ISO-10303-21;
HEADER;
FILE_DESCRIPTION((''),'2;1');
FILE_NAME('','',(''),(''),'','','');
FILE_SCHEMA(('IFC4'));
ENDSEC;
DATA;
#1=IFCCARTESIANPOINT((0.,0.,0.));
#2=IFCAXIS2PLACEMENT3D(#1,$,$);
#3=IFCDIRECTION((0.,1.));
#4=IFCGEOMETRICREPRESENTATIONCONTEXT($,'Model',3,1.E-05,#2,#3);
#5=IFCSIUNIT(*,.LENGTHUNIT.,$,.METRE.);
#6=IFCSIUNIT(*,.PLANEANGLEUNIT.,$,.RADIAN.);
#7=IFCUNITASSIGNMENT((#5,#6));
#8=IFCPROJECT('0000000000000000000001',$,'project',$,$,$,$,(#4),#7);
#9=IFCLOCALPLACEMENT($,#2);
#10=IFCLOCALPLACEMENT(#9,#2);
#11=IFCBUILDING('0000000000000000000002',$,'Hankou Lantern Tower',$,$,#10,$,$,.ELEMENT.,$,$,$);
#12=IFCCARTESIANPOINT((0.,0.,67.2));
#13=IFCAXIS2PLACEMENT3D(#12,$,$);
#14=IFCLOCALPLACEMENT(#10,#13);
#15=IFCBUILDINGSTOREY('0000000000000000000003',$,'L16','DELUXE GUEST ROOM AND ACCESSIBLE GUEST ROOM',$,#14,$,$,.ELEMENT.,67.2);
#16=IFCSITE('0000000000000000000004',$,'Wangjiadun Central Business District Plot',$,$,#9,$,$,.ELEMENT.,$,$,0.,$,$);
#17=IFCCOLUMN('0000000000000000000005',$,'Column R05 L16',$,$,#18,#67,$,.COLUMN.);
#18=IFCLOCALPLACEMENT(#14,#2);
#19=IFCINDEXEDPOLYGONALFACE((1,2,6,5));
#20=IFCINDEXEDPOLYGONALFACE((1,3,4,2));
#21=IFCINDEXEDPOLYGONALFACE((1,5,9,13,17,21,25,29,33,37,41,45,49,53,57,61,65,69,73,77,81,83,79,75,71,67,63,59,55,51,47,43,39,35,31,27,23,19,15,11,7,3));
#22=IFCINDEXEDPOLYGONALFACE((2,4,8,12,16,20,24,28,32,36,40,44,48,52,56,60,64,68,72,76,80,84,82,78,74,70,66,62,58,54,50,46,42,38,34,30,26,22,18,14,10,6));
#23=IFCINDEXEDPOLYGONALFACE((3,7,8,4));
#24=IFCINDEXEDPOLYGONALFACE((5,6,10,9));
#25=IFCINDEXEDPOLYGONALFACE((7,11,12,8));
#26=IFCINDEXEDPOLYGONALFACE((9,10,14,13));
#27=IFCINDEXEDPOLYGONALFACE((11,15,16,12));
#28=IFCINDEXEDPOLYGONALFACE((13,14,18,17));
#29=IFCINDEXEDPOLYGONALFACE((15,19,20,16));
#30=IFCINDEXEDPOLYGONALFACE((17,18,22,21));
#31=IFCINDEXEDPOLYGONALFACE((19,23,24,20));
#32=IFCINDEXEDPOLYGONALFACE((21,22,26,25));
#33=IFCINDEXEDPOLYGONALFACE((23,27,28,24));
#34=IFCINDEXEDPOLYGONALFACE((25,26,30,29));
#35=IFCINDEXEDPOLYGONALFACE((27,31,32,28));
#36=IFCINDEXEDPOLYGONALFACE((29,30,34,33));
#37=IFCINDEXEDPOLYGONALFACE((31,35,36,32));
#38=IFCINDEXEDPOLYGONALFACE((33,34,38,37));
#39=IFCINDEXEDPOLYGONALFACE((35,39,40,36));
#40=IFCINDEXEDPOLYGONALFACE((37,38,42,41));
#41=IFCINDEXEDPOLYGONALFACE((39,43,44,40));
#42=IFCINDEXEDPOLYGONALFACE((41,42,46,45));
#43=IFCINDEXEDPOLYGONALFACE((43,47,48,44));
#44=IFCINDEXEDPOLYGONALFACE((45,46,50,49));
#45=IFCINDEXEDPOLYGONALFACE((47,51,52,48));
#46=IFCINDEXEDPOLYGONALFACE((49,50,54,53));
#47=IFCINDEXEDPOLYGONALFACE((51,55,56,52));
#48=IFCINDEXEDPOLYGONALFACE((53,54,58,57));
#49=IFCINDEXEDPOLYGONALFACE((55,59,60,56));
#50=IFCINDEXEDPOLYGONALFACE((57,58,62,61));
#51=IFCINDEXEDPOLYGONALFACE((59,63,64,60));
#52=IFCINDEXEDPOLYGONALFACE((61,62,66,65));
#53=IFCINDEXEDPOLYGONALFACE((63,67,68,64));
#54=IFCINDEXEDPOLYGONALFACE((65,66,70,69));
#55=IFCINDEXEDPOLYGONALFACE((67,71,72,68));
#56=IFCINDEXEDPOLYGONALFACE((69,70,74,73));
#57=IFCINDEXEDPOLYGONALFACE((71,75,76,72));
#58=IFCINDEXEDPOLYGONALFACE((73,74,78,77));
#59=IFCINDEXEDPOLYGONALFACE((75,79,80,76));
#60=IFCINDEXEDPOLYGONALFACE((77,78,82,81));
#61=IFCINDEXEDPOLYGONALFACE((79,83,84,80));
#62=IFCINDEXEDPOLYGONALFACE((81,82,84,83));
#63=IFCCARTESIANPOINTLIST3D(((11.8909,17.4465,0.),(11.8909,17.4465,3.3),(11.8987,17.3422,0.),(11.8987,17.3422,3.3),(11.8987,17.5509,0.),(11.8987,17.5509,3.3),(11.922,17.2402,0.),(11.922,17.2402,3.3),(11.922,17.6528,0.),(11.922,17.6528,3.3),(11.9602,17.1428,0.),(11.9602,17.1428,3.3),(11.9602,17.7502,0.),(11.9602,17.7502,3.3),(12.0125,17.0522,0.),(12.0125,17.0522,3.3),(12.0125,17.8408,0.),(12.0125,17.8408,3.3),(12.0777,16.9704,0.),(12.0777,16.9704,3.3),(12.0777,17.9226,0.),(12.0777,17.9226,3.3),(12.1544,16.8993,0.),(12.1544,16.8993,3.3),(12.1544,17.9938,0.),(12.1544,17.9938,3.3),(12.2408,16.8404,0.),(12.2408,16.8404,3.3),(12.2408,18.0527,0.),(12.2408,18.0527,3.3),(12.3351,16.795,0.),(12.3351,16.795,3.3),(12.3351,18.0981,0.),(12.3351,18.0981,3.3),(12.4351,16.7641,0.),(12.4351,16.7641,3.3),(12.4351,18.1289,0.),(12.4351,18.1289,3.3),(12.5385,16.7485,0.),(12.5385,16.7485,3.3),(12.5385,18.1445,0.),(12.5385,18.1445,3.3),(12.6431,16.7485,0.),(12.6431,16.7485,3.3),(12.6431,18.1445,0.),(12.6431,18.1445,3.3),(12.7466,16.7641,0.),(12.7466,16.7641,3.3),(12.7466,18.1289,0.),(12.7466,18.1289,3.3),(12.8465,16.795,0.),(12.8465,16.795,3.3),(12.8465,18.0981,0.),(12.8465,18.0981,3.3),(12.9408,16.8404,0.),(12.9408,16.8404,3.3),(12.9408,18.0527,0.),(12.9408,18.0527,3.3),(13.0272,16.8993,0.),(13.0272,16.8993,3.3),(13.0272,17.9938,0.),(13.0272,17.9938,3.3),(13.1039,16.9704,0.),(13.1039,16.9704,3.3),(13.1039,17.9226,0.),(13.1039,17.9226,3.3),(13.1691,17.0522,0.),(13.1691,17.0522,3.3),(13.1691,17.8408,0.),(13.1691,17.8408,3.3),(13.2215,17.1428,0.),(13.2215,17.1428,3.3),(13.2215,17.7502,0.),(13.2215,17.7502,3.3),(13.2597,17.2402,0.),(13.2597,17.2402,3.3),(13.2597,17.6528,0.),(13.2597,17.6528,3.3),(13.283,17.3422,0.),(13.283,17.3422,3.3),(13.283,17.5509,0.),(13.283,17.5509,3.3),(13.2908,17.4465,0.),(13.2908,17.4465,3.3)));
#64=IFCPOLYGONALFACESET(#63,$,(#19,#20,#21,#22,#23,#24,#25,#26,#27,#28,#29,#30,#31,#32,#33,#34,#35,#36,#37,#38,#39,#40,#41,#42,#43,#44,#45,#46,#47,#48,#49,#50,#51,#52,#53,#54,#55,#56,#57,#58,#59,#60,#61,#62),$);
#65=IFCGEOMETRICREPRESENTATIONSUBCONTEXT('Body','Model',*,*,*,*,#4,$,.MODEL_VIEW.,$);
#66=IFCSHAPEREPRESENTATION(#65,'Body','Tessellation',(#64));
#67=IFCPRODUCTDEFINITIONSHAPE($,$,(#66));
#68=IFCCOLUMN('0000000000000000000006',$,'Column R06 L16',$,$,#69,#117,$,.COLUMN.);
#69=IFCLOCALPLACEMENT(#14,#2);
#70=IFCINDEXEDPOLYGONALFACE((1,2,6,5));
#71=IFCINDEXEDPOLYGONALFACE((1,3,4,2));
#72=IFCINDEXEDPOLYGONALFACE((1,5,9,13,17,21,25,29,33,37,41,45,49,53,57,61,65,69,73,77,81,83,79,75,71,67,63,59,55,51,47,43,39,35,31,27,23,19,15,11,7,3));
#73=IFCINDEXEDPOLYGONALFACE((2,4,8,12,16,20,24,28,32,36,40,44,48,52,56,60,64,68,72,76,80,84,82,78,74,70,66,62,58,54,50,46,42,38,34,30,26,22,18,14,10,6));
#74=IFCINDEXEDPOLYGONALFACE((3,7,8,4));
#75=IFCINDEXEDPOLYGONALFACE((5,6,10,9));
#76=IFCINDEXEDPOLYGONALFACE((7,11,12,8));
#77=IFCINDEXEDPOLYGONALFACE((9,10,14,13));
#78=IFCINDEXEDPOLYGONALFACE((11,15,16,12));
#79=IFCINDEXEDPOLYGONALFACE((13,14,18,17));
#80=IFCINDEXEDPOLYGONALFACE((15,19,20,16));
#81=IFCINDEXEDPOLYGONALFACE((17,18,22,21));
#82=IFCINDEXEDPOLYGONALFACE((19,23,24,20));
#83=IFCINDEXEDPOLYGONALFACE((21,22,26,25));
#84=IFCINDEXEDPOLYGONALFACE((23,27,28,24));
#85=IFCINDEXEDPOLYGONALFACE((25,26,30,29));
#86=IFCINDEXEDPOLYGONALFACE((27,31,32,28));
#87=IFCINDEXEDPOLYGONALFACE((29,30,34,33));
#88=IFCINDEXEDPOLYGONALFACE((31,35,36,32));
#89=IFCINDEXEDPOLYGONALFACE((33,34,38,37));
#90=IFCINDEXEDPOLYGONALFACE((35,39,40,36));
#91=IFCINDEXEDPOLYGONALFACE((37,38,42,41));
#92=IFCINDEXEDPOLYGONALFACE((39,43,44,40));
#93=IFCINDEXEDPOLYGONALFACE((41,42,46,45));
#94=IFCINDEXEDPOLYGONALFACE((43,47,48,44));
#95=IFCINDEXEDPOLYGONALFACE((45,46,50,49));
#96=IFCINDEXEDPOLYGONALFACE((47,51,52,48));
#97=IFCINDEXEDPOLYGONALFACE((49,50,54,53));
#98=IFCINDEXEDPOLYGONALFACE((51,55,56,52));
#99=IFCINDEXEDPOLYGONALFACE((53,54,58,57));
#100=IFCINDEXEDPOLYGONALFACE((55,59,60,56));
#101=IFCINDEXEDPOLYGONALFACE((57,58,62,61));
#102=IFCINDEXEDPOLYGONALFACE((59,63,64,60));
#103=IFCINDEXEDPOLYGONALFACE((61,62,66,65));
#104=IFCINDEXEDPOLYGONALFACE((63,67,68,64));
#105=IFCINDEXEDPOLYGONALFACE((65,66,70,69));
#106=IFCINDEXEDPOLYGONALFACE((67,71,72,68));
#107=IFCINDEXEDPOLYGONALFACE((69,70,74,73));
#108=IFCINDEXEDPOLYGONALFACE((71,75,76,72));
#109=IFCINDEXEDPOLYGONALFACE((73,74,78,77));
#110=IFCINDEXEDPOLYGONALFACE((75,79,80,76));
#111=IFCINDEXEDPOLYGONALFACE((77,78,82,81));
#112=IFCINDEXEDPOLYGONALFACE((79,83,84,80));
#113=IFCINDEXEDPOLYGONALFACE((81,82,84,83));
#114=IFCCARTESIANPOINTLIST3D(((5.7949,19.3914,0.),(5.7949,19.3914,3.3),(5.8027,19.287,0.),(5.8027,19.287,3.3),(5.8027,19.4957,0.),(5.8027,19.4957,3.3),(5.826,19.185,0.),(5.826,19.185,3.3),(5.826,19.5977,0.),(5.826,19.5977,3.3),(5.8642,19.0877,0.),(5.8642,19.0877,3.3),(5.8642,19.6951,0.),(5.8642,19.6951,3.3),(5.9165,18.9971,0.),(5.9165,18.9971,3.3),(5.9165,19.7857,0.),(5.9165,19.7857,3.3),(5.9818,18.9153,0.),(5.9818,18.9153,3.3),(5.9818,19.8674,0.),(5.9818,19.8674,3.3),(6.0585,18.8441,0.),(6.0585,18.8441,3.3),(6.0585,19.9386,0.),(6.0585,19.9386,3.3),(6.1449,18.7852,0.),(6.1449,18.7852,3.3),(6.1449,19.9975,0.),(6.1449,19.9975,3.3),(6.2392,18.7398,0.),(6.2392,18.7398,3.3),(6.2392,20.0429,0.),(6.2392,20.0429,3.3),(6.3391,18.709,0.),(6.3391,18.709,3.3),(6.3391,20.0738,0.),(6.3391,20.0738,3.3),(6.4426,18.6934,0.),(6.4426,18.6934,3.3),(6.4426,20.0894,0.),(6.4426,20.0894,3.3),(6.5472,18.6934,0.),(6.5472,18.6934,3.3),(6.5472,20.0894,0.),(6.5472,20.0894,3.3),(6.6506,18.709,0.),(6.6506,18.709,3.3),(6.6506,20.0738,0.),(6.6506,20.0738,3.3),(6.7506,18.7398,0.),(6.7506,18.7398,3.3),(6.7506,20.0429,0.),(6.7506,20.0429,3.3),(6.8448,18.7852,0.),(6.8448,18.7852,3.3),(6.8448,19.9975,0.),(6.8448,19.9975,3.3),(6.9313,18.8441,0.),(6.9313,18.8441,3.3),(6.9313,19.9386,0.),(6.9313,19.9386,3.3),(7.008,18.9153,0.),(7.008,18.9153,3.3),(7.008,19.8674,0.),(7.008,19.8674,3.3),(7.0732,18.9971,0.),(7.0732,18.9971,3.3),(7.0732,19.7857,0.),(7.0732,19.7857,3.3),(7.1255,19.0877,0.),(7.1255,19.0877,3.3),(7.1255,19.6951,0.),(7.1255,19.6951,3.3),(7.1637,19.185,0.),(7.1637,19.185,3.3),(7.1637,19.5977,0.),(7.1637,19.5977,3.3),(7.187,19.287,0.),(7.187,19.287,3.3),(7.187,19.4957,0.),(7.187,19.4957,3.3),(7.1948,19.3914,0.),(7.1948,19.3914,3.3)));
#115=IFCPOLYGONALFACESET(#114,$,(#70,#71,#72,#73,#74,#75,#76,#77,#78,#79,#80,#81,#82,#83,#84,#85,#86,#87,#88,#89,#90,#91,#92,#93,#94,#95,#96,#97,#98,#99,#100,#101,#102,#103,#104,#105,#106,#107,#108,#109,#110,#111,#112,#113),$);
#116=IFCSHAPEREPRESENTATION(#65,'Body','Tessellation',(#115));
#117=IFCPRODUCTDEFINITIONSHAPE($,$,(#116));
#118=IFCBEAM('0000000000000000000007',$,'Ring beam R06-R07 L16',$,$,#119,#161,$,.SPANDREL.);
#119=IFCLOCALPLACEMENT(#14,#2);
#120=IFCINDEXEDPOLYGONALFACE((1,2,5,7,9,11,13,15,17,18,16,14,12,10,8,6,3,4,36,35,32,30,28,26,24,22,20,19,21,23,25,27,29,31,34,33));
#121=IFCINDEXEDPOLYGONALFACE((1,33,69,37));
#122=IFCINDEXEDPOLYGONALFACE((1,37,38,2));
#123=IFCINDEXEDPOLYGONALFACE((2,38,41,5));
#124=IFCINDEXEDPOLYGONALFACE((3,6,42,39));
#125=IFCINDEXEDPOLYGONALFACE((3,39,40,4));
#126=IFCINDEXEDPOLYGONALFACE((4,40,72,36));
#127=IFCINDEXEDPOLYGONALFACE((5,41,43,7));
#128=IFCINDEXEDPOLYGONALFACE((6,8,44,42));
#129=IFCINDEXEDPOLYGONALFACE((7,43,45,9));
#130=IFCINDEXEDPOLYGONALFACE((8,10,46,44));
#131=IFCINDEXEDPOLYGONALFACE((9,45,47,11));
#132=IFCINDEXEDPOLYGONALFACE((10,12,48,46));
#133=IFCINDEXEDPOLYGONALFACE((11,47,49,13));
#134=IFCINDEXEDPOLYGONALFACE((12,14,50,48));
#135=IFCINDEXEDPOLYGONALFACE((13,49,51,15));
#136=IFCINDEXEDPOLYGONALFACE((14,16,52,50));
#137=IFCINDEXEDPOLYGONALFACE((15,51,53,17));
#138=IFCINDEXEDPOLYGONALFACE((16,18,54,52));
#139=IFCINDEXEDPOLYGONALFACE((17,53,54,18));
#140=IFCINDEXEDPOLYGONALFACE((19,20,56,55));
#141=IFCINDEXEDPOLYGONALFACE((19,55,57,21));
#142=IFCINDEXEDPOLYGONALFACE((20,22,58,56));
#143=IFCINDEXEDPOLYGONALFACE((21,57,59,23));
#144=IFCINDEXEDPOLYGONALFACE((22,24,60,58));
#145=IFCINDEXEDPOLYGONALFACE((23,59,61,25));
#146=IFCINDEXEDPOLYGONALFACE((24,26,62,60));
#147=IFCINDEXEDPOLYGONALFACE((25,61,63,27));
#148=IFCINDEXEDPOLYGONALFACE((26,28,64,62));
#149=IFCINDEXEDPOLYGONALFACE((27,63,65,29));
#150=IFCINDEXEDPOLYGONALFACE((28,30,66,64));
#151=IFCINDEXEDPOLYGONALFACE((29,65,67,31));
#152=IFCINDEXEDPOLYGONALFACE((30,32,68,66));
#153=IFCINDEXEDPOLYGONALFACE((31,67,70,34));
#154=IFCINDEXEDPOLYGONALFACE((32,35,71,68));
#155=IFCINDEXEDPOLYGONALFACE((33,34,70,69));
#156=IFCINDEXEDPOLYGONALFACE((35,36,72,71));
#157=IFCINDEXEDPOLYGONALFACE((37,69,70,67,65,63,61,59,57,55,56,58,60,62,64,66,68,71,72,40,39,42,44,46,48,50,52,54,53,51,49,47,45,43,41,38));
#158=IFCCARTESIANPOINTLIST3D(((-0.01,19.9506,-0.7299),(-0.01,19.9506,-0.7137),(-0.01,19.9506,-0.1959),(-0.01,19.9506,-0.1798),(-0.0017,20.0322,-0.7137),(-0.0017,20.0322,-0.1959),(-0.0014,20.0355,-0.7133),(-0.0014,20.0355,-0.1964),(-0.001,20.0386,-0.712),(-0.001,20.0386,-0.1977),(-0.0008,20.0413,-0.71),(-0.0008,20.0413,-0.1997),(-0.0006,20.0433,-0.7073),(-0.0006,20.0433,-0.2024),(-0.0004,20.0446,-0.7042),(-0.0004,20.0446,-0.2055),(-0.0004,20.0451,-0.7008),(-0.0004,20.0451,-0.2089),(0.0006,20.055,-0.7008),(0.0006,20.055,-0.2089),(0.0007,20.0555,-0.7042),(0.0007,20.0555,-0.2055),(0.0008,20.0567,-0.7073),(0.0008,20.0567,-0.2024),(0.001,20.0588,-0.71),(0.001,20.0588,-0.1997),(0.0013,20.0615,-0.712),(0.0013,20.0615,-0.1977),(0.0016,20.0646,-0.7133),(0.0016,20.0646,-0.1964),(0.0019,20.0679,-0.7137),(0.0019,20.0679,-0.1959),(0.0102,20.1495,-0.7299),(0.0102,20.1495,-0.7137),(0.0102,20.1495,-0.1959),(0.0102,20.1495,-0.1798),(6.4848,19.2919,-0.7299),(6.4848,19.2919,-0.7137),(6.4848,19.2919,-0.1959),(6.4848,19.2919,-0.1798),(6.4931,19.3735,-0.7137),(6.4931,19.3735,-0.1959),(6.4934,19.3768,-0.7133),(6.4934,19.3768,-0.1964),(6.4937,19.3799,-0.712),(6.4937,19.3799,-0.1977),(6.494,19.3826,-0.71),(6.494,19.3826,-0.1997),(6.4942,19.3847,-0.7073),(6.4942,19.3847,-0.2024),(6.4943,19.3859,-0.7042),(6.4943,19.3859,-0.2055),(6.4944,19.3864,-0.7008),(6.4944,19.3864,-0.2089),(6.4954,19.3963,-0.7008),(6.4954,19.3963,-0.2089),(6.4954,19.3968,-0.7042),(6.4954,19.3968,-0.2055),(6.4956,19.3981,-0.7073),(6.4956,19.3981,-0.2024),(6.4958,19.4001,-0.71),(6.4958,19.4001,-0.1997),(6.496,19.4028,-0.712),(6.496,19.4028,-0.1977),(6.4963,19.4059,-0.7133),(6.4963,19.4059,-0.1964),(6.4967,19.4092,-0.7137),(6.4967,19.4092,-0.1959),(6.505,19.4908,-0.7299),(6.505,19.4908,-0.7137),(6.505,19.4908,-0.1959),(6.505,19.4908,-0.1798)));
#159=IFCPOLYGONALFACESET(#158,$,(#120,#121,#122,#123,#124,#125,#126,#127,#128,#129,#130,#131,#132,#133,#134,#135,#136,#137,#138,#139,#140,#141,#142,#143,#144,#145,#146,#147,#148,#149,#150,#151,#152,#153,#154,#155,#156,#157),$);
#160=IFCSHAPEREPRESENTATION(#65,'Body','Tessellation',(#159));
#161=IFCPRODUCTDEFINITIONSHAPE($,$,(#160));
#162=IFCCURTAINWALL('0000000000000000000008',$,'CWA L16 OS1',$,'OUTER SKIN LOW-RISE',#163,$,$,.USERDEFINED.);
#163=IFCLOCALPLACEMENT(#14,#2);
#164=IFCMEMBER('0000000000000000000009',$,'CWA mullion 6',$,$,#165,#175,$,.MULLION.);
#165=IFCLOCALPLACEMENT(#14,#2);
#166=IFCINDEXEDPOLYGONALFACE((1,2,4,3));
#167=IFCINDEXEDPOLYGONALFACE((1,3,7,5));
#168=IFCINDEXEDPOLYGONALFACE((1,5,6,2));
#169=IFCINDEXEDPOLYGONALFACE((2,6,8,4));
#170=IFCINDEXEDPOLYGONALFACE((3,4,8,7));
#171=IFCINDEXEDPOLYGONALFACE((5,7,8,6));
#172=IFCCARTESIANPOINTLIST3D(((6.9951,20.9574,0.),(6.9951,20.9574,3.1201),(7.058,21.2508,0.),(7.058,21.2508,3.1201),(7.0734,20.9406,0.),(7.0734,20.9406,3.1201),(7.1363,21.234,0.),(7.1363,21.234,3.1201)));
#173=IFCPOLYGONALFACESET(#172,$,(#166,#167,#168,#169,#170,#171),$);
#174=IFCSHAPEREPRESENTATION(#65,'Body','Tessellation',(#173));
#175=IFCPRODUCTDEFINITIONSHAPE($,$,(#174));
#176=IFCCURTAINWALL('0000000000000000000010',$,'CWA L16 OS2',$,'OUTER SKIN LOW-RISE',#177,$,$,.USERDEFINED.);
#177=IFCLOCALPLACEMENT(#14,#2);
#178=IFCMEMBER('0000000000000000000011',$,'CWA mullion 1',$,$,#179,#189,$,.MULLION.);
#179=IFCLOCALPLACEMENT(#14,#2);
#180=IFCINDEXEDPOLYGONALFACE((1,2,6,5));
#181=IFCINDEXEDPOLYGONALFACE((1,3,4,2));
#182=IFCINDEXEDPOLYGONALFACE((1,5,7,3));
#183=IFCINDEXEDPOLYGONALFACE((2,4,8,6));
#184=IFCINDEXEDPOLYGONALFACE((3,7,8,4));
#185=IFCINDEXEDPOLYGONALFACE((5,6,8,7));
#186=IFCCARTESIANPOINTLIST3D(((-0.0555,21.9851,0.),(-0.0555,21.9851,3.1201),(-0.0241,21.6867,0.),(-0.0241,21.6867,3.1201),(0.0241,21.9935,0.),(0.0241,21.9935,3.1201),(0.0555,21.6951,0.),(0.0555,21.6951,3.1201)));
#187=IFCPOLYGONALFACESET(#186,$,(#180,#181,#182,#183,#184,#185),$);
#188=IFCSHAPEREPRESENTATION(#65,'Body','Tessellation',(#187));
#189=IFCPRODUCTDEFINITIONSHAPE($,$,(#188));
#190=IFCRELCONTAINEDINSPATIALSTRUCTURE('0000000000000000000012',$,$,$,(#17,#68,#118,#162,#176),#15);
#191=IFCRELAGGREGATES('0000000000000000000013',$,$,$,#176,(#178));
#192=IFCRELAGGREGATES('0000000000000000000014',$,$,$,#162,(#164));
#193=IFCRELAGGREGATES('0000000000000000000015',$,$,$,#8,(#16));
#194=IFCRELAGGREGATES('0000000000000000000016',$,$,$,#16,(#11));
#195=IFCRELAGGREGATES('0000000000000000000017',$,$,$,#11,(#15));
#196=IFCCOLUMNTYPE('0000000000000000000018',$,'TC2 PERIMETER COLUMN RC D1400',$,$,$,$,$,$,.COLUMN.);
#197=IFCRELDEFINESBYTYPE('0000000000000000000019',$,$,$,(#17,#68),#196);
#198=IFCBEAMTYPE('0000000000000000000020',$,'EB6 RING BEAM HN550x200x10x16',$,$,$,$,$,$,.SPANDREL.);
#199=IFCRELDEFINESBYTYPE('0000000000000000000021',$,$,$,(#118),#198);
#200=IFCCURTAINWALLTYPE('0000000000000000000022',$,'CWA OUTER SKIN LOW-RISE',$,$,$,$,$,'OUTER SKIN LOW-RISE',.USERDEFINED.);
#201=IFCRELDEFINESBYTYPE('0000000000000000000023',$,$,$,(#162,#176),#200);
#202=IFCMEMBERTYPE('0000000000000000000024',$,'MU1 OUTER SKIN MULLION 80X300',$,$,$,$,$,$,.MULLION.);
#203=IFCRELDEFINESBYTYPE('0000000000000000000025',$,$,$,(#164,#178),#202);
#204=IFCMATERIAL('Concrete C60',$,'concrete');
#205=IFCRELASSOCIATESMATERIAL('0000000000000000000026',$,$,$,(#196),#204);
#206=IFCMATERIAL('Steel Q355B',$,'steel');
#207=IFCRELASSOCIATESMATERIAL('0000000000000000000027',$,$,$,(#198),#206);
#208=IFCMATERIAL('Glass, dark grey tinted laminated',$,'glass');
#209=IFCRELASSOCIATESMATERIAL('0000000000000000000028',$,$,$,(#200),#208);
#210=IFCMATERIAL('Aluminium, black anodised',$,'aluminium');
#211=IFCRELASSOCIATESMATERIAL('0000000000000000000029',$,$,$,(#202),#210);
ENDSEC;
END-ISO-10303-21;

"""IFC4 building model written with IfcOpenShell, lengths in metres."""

from ifc_helpers import new_model, si_unit, direction, frame, origin, origin_2d, place, context, subcontext, project, spatial, rectangle, circle, i_section, extrude, material, material_profile, profile_set, type_object, element, aggregate, save


model = new_model("IFC4")

# Units and contexts
model_context = context("Model", 3, precision=1e-05, world=origin(), true_north=direction((0.0, 1.0)))
body_context = subcontext(model_context, "Body", "Model", "MODEL_VIEW")
ifc_project = project(units=[si_unit("LENGTHUNIT", "METRE"), si_unit("PLANEANGLEUNIT", "RADIAN")], contexts=[model_context])

# Site, building, storey
site_placement = place(None, origin())
site = spatial("IfcSite", under=ifc_project, at=site_placement, Name="Wangjiadun Central Business District Plot", CompositionType="ELEMENT", RefElevation=0.0)
building_placement = place(site_placement, origin())
building = spatial("IfcBuilding", under=site, at=building_placement, Name="Hankou Lantern Tower", CompositionType="ELEMENT")
storey_placement = place(building_placement, frame((0.0, 0.0, 67.2)))
storey = spatial("IfcBuildingStorey", under=building, at=storey_placement, Name="L16", Description="DELUXE GUEST ROOM AND ACCESSIBLE GUEST ROOM", CompositionType="ELEMENT", Elevation=67.2)

# Columns
ifc_material_1 = material(Name="Concrete C60", Category="concrete")
ifc_material_profile_1 = material_profile(ifc_material_1, circle(Radius=0.7, at=origin_2d()), Name="RC D1400")
ifc_profile_set_1 = profile_set([ifc_material_profile_1], Name="Concrete C60")
column_type = type_object("IfcColumnType", Name="TC2 PERIMETER COLUMN RC D1400", PredefinedType="COLUMN", material=ifc_profile_set_1)
for number, where, z_axis, x_axis, name in (
    (1, (12.5908, 17.4465, 0.0), (0.0, 0.0, 1.0), (1.0, 0.0, 0.0), "Column R05 L16"),
    (2, (6.4949, 19.3914, 0.0), (0.0, 0.0, 1.0), (1.0, 0.0, 0.0), "Column R06 L16"),
):
    element("IfcColumn", number, at=place(storey_placement, frame(where, z_axis=z_axis, x_axis=x_axis)), inside=storey, type_object=column_type, Name=name, PredefinedType="COLUMN", context=body_context, shape_type="SweptSolid", body=[
        extrude(circle(Radius=0.7, at=origin_2d()), origin(), (0.0, 0.0, 1.0), 3.3),
    ])

# Beam
ifc_material_2 = material(Name="Steel Q355B", Category="steel")
ifc_material_profile_2 = material_profile(ifc_material_2, i_section(OverallWidth=0.2, OverallDepth=0.55, WebThickness=0.01, FlangeThickness=0.0161, FilletRadius=0.0129, at=origin_2d()), Name="HN550x200x10x16")
ifc_profile_set_2 = profile_set([ifc_material_profile_2], Name="Steel Q355B")
beam_type_1 = type_object("IfcBeamType", Name="EB6 RING BEAM HN550x200x10x16", PredefinedType="SPANDREL", material=ifc_profile_set_2)
beam_1_placement = place(storey_placement, frame((6.4949, 19.3914, -0.4548), z_axis=(-0.994897, 0.1009, 0.0), x_axis=(-0.1009, -0.994897, 0.0)))
element("IfcBeam", 3, at=beam_1_placement, inside=storey, type_object=beam_type_1, Name="Ring beam R06-R07 L16", PredefinedType="SPANDREL", context=body_context, shape_type="SweptSolid", body=[
    extrude(i_section(OverallWidth=0.2, OverallDepth=0.55, WebThickness=0.01, FlangeThickness=0.0161, FilletRadius=0.0129, at=origin_2d()), origin(), (0.0, 0.0, 1.0), 6.5281),
])

# Curtain walls, members
ifc_material_3 = material(Name="Glass, dark grey tinted laminated", Category="glass")
curtain_wall_type = type_object("IfcCurtainWallType", Name="CWA OUTER SKIN LOW-RISE", ElementType="OUTER SKIN LOW-RISE", PredefinedType="USERDEFINED", material=ifc_material_3)
curtain_wall_1_placement = place(storey_placement, origin())
curtain_wall_1 = element("IfcCurtainWall", 4, at=curtain_wall_1_placement, inside=storey, type_object=curtain_wall_type, Name="CWA L16 OS1", ObjectType="OUTER SKIN LOW-RISE", PredefinedType="USERDEFINED")
ifc_material_4 = material(Name="Aluminium, black anodised", Category="aluminium")
ifc_material_profile_3 = material_profile(ifc_material_4, rectangle(XDim=0.0801, YDim=0.3, at=origin_2d()), Name="MU1 80X300")
ifc_profile_set_3 = profile_set([ifc_material_profile_3], Name="Aluminium, black anodised")
member_type_1 = type_object("IfcMemberType", Name="MU1 OUTER SKIN MULLION 80X300", PredefinedType="MULLION", material=ifc_profile_set_3)
member_1_placement = place(storey_placement, frame((7.0657, 21.0957, 0.0), z_axis=(0.0, 0.0, 1.0), x_axis=(-0.977788, 0.209598, 0.0)))
member_1 = element("IfcMember", 5, at=member_1_placement, type_object=member_type_1, Name="CWA mullion 6", PredefinedType="MULLION", context=body_context, shape_type="SweptSolid", body=[
    extrude(rectangle(XDim=0.0801, YDim=0.3, at=origin_2d()), origin(), (0.0, 0.0, 1.0), 3.1201),
])
curtain_wall_2_placement = place(storey_placement, origin())
curtain_wall_2 = element("IfcCurtainWall", 6, at=curtain_wall_2_placement, inside=storey, type_object=curtain_wall_type, Name="CWA L16 OS2", ObjectType="OUTER SKIN LOW-RISE", PredefinedType="USERDEFINED")
member_2_placement = place(storey_placement, frame((0.0, 21.8401, 0.0), z_axis=(0.0, 0.0, 1.0), x_axis=(-0.994499, -0.104743, 0.0)))
member_2 = element("IfcMember", 7, at=member_2_placement, type_object=member_type_1, Name="CWA mullion 1", PredefinedType="MULLION", context=body_context, shape_type="SweptSolid", body=[
    extrude(rectangle(XDim=0.0801, YDim=0.3, at=origin_2d()), origin(), (0.0, 0.0, 1.0), 3.1201),
])
aggregate(curtain_wall_2, [member_2])

aggregate(curtain_wall_1, [member_1])

save(model, "model.ifc")
